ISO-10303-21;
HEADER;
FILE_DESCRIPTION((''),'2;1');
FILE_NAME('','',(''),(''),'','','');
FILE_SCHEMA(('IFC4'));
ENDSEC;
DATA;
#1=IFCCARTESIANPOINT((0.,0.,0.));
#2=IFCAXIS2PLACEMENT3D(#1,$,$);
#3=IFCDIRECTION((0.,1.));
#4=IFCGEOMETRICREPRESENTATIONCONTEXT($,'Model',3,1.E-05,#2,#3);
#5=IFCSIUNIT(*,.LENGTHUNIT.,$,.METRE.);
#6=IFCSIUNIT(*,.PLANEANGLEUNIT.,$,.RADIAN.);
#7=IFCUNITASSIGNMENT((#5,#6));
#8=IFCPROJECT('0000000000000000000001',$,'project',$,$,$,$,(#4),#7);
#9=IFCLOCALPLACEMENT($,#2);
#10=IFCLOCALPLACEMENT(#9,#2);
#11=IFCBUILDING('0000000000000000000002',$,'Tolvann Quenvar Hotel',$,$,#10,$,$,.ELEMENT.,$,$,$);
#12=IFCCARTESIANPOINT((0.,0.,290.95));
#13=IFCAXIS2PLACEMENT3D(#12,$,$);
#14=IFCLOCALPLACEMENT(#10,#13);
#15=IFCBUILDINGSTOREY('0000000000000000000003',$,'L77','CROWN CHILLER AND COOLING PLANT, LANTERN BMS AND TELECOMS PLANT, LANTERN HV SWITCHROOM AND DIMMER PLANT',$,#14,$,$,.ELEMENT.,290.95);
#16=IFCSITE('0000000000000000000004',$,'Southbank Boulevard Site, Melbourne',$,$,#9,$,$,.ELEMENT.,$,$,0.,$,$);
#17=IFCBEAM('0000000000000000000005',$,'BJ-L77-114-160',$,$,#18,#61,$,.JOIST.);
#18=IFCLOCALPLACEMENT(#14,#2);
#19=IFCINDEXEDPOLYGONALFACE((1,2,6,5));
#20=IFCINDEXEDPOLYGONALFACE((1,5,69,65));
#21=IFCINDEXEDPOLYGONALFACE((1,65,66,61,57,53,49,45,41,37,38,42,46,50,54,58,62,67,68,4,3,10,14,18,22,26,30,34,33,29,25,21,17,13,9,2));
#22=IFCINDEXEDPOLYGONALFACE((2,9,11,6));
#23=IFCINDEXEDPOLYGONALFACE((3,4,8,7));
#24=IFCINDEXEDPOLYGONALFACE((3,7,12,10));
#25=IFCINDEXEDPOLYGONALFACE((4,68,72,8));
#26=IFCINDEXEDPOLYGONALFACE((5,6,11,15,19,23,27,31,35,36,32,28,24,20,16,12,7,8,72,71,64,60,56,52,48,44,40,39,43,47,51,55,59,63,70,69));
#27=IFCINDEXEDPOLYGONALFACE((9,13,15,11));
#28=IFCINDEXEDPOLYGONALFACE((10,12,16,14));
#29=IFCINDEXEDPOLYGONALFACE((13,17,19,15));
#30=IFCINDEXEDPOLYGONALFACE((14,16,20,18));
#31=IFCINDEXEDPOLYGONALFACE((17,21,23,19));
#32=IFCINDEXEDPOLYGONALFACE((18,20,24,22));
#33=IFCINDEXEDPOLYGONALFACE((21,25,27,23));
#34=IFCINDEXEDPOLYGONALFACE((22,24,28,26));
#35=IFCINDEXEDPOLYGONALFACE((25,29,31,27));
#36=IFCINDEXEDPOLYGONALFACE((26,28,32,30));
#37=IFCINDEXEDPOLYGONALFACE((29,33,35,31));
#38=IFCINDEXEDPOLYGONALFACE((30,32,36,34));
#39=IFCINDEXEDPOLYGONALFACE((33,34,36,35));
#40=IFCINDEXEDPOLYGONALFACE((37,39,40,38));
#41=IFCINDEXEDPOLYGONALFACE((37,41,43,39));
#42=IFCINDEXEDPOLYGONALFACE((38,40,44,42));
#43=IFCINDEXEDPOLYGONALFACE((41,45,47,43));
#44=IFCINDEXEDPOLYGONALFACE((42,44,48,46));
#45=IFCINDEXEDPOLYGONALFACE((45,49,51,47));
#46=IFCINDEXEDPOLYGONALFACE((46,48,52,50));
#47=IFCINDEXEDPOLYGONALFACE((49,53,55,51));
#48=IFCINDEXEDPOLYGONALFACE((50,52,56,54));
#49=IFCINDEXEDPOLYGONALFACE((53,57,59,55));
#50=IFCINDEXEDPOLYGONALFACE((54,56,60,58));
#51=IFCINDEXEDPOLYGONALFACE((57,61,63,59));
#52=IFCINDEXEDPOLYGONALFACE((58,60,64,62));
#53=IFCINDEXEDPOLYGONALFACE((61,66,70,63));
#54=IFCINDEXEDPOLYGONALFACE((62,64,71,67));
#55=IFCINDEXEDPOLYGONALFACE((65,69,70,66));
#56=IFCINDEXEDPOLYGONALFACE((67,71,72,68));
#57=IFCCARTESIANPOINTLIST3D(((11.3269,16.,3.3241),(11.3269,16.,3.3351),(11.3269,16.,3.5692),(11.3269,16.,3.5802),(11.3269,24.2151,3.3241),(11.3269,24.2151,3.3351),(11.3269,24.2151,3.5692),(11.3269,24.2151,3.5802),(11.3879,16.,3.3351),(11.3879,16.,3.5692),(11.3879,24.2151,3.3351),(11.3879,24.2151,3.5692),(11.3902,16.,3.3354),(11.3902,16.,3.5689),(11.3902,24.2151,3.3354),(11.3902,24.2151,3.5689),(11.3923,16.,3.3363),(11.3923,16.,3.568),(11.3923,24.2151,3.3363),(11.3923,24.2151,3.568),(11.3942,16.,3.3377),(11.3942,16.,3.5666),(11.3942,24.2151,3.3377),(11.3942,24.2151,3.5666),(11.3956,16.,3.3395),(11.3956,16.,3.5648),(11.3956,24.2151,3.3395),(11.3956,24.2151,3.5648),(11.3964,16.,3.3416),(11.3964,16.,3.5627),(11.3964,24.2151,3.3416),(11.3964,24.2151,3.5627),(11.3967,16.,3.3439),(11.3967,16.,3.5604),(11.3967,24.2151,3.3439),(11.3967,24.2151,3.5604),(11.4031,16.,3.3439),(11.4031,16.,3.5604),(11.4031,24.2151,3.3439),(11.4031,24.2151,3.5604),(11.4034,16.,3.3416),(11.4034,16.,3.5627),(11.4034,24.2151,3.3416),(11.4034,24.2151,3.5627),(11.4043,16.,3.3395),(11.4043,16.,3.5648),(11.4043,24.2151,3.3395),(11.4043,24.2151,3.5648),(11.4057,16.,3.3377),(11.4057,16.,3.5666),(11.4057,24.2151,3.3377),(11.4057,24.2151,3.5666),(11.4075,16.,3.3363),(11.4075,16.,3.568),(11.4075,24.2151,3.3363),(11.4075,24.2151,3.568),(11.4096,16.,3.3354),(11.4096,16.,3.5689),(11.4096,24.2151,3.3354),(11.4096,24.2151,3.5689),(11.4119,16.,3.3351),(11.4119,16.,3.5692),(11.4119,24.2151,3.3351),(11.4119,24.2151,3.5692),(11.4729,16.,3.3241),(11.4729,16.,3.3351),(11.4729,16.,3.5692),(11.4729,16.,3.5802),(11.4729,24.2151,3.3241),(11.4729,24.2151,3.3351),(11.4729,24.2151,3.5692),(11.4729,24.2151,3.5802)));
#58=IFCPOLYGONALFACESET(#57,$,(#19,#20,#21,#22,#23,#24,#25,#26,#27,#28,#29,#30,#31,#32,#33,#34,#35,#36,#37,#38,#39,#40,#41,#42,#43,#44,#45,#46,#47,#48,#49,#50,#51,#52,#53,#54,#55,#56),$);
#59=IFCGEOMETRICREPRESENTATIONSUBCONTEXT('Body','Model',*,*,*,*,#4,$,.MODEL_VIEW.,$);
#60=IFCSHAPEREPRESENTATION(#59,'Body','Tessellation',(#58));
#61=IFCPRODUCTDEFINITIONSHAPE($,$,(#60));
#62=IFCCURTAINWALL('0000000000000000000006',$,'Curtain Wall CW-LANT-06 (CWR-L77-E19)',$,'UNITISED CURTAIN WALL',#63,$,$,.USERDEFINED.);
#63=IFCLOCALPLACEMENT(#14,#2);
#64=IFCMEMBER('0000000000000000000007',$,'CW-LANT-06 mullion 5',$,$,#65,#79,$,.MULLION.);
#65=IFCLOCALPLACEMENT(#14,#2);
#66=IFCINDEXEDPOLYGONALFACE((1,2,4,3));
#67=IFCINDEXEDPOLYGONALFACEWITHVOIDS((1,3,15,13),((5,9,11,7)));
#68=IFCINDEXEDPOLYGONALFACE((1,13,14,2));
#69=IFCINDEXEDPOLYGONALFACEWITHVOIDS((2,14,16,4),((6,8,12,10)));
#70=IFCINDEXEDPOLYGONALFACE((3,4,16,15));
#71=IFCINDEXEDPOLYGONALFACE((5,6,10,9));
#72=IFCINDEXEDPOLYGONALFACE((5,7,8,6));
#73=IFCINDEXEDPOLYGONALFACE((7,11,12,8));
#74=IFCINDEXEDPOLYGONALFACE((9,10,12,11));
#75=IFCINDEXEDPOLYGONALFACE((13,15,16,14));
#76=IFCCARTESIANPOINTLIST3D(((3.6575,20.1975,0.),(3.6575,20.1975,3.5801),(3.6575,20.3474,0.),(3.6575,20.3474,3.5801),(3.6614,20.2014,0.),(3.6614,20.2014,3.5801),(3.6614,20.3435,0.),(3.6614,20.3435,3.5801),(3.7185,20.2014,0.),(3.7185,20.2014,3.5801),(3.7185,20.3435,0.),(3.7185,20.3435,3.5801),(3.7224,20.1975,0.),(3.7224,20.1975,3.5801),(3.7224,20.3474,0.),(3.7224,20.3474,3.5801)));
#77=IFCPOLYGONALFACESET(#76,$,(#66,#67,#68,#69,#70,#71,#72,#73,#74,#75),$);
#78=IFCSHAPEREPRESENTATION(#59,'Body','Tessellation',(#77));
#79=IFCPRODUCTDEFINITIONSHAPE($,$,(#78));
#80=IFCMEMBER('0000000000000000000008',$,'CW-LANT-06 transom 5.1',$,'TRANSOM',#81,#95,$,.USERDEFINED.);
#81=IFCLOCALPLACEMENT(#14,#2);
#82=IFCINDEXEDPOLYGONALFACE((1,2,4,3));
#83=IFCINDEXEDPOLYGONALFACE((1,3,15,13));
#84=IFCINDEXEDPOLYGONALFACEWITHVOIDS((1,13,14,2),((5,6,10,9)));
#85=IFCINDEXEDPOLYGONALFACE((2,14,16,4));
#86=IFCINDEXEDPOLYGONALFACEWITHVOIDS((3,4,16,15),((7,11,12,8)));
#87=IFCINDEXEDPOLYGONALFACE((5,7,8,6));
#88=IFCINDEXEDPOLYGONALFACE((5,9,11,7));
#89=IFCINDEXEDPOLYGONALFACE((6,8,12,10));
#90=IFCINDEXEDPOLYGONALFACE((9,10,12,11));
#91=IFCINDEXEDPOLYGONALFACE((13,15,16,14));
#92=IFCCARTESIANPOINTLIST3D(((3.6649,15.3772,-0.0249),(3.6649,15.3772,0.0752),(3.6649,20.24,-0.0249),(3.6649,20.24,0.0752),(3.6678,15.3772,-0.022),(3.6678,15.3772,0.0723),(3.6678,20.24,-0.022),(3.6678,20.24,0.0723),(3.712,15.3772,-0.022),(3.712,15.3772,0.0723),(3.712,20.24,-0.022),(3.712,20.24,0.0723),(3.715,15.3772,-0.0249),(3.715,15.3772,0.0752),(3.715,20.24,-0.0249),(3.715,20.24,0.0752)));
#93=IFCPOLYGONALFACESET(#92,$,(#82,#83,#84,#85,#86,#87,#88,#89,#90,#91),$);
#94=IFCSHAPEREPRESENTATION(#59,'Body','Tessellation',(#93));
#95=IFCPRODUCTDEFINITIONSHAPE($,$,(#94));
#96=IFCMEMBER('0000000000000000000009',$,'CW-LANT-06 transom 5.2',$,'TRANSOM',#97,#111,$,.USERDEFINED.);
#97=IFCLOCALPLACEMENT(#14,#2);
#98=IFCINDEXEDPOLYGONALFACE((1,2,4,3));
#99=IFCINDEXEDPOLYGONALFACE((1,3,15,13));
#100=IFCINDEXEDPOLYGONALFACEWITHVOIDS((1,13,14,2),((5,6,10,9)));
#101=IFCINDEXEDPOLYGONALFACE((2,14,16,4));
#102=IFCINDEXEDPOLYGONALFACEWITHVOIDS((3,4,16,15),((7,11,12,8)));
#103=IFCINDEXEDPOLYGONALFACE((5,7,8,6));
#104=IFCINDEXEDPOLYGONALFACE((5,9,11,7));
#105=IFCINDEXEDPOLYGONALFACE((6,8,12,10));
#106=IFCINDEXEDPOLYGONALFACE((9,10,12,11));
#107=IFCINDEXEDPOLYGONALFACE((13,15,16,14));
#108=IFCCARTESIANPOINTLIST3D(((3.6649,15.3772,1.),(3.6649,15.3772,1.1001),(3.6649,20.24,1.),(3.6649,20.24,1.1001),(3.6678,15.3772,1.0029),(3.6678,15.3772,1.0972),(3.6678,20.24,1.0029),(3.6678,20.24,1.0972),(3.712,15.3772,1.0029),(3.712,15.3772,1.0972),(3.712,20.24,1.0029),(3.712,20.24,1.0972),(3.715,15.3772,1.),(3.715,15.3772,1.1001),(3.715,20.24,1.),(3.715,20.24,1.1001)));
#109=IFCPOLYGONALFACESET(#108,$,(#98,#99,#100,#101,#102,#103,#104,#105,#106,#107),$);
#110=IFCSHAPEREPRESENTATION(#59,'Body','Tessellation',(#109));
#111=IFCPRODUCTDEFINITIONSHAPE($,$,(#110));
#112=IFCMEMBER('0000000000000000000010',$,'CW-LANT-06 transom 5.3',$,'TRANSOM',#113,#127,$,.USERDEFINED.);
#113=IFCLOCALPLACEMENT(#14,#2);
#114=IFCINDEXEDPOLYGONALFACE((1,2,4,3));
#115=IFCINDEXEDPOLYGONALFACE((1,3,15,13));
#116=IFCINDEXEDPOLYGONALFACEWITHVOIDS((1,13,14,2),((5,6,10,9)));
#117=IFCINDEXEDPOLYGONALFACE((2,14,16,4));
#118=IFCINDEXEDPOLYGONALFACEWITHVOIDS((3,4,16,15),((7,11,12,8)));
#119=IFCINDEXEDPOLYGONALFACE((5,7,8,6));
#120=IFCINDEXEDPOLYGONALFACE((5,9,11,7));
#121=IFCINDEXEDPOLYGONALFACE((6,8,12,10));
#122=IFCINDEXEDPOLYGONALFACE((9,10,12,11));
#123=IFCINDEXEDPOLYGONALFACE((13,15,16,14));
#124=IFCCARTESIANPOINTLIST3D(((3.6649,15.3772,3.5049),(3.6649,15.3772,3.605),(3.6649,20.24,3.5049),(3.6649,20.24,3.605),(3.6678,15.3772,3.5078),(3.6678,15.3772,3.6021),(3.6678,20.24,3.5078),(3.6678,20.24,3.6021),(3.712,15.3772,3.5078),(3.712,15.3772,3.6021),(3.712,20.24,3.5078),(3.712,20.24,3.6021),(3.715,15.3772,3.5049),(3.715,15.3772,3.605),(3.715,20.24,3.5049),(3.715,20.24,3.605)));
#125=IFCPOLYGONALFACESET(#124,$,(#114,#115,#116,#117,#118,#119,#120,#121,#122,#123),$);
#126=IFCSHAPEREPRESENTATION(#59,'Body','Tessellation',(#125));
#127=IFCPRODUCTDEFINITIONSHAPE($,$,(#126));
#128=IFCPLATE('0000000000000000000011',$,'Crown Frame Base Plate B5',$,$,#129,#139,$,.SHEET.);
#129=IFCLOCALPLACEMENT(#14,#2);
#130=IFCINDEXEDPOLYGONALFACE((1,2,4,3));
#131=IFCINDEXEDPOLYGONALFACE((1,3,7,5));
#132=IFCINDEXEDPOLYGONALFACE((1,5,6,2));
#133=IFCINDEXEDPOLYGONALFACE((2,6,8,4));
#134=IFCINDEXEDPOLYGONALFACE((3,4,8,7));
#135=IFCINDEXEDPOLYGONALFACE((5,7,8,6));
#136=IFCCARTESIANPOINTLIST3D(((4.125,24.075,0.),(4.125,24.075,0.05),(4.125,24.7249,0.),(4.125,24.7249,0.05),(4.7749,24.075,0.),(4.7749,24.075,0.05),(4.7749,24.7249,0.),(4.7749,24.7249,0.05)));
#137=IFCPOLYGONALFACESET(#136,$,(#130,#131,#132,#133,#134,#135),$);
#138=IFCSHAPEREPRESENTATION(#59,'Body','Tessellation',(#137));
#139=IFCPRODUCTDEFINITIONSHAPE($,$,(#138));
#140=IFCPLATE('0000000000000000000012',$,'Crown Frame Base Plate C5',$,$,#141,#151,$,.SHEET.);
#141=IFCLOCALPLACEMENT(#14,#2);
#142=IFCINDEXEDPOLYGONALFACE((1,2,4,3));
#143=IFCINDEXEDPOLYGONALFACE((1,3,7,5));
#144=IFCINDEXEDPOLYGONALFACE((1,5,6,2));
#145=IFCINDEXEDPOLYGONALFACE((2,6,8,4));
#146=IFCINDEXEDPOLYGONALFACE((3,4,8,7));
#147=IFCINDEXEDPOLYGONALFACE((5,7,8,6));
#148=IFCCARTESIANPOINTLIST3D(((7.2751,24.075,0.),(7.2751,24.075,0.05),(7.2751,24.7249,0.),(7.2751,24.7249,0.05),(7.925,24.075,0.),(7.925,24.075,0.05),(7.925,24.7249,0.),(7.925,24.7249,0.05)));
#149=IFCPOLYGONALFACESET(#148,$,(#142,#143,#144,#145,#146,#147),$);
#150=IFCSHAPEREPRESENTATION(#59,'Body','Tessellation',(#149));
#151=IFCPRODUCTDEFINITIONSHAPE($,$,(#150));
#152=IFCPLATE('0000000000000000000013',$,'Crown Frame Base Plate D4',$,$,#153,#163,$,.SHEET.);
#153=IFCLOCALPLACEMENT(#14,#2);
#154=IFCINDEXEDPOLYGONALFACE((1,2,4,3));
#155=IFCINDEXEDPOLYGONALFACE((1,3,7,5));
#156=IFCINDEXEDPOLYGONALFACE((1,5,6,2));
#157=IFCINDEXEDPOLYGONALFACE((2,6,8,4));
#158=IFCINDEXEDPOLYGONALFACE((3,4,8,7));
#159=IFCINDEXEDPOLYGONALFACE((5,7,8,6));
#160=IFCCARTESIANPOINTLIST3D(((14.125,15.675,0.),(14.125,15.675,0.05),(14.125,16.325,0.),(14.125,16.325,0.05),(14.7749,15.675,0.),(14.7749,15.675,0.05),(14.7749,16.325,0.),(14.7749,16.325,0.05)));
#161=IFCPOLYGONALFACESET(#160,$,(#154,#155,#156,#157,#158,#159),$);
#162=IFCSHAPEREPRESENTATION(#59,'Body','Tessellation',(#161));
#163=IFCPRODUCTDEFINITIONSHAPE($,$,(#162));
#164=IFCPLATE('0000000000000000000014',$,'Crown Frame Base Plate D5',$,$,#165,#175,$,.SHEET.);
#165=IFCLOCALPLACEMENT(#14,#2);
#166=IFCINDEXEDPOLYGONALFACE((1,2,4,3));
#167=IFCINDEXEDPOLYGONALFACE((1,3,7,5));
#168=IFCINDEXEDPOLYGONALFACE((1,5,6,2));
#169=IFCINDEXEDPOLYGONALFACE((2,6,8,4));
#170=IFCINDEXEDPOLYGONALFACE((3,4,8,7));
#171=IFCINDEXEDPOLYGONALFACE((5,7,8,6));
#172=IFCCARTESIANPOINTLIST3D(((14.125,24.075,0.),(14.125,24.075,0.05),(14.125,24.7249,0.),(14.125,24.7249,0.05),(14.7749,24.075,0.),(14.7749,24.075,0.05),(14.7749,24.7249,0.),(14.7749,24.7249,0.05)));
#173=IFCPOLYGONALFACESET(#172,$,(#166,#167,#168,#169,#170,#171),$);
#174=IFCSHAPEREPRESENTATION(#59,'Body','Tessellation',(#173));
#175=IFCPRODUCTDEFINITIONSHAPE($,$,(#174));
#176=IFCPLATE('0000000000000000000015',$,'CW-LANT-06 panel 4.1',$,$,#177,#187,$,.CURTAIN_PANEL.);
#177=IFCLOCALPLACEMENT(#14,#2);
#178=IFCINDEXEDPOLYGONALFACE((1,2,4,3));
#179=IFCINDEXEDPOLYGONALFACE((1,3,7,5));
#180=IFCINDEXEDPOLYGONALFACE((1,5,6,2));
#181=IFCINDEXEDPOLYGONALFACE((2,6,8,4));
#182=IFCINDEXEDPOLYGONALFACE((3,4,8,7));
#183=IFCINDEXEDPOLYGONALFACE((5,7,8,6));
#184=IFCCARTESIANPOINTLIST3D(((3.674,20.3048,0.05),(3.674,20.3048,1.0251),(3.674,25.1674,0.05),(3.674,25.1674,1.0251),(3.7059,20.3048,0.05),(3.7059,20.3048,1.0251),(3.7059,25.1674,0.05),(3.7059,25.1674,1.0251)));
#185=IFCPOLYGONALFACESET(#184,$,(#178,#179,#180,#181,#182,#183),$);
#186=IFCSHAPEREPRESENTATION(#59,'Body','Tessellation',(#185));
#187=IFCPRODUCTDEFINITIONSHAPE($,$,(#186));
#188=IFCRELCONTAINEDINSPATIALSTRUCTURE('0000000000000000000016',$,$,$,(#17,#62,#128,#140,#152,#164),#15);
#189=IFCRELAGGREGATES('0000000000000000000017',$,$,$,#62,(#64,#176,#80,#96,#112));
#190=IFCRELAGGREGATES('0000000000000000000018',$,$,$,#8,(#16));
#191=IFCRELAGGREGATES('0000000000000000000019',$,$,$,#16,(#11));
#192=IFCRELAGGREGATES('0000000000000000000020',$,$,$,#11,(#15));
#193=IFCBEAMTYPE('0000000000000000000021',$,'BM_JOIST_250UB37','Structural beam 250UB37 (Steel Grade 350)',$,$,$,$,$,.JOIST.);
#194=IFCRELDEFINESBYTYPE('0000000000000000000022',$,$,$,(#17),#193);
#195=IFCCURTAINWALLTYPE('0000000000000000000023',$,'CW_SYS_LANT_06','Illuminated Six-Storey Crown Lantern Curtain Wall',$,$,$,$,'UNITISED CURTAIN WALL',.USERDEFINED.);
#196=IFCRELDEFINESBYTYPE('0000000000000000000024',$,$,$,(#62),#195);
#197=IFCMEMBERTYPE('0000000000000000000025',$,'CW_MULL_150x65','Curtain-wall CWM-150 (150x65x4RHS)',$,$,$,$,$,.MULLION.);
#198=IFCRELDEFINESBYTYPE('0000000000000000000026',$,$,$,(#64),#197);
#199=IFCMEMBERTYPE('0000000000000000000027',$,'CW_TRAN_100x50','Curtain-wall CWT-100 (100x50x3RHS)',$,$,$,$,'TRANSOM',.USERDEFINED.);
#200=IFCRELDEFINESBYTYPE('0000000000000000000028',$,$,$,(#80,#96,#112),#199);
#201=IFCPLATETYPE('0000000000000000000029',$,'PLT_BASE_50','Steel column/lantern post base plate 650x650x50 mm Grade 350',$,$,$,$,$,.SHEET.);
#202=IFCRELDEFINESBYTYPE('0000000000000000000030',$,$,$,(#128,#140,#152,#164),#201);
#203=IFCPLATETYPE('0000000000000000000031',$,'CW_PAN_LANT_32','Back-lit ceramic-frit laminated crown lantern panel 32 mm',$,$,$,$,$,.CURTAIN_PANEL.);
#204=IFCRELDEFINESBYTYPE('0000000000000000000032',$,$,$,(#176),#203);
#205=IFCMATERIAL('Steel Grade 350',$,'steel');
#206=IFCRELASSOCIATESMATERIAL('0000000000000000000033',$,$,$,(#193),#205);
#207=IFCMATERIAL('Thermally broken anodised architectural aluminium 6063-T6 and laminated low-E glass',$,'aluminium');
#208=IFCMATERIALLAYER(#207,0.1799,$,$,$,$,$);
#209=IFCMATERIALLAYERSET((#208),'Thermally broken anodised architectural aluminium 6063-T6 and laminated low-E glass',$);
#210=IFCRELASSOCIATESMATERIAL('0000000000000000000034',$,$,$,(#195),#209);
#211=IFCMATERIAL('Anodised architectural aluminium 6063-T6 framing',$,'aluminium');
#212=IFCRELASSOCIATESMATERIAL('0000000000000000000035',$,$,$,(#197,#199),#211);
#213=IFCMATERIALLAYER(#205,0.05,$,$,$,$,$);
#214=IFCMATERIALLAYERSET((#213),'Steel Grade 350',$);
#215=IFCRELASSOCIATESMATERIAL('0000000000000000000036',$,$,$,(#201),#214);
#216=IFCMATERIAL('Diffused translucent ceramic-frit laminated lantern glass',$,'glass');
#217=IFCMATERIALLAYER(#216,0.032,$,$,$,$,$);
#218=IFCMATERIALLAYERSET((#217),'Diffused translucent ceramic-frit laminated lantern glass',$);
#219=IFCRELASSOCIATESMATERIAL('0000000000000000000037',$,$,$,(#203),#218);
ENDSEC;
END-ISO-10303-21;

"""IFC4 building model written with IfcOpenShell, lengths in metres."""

from ifc_helpers import new_model, si_unit, direction, frame, origin, origin_2d, place, context, subcontext, project, spatial, rectangle, hollow_rectangle, i_section, extrude, source, transform, mapped, material, layer, layer_set, material_profile, profile_set, type_object, type_shapes, element, aggregate, save


model = new_model("IFC4")

# Units and contexts
model_context = context("Model", 3, precision=1e-05, world=origin(), true_north=direction((0.0, 1.0)))
body_context = subcontext(model_context, "Body", "Model", "MODEL_VIEW")
ifc_project = project(units=[si_unit("LENGTHUNIT", "METRE"), si_unit("PLANEANGLEUNIT", "RADIAN")], contexts=[model_context])

# Site, building, storey
site_placement = place(None, origin())
site = spatial("IfcSite", under=ifc_project, at=site_placement, Name="Southbank Boulevard Site, Melbourne", CompositionType="ELEMENT", RefElevation=0.0)
building_placement = place(site_placement, origin())
building = spatial("IfcBuilding", under=site, at=building_placement, Name="Tolvann Quenvar Hotel", CompositionType="ELEMENT")
storey_placement = place(building_placement, frame((0.0, 0.0, 290.95)))
storey = spatial("IfcBuildingStorey", under=building, at=storey_placement, Name="L77", Description="CROWN CHILLER AND COOLING PLANT, LANTERN BMS AND TELECOMS PLANT, LANTERN HV SWITCHROOM AND DIMMER PLANT", CompositionType="ELEMENT", Elevation=290.95)

# Shared definitions
ifc_material_1 = material(Name="Steel Grade 350", Category="steel")

# Beam
ifc_material_profile_1 = material_profile(ifc_material_1, i_section(OverallWidth=0.146, OverallDepth=0.2561, WebThickness=0.0063, FlangeThickness=0.011, FilletRadius=0.0088, at=origin_2d()), Name="250UB37")
ifc_profile_set_1 = profile_set([ifc_material_profile_1], Name="Steel Grade 350")
beam_type_1 = type_object("IfcBeamType", Name="BM_JOIST_250UB37", Description="Structural beam 250UB37 (Steel Grade 350)", PredefinedType="JOIST", material=ifc_profile_set_1)
shared_shape_1 = source(origin(), body_context, "Body", "SweptSolid", [
    extrude(i_section(OverallWidth=0.146, OverallDepth=0.2561, WebThickness=0.0063, FlangeThickness=0.011, FilletRadius=0.0088, at=origin_2d()), origin(), (0.0, 0.0, 1.0), 8.2151),
])
type_shapes(beam_type_1, [shared_shape_1])
beam_1_placement = place(storey_placement, frame((11.3999, 16.0, 3.4521), z_axis=(0.0, 1.0, 0.0), x_axis=(-1.0, 0.0, 0.0)))
element("IfcBeam", 1, at=beam_1_placement, inside=storey, type_object=beam_type_1, Name="BJ-L77-114-160", PredefinedType="JOIST", context=body_context, shape_type="MappedRepresentation", body=[
    mapped(shared_shape_1, transform((0.0, 0.0, 0.0), x_axis=(1.0, 0.0, 0.0), y_axis=(0.0, 1.0, 0.0), z_axis=(0.0, 0.0, 1.0), scale=1.0)),
])

# Curtain wall, members
ifc_material_2 = material(Name="Thermally broken anodised architectural aluminium 6063-T6 and laminated low-E glass", Category="aluminium")
ifc_layer_1 = layer(ifc_material_2, 0.1799)
ifc_layer_set_1 = layer_set([ifc_layer_1], Name="Thermally broken anodised architectural aluminium 6063-T6 and laminated low-E glass")
curtain_wall_type = type_object("IfcCurtainWallType", Name="CW_SYS_LANT_06", Description="Illuminated Six-Storey Crown Lantern Curtain Wall", ElementType="UNITISED CURTAIN WALL", PredefinedType="USERDEFINED", material=ifc_layer_set_1)
curtain_wall_placement = place(storey_placement, origin())
curtain_wall = element("IfcCurtainWall", 2, at=curtain_wall_placement, inside=storey, type_object=curtain_wall_type, Name="Curtain Wall CW-LANT-06 (CWR-L77-E19)", ObjectType="UNITISED CURTAIN WALL", PredefinedType="USERDEFINED")
ifc_material_3 = material(Name="Anodised architectural aluminium 6063-T6 framing", Category="aluminium")
ifc_material_profile_2 = material_profile(ifc_material_3, hollow_rectangle(XDim=0.0649, YDim=0.1499, WallThickness=0.0039, at=origin_2d()), Name="150x65x4RHS")
ifc_profile_set_2 = profile_set([ifc_material_profile_2], Name="Anodised architectural aluminium 6063-T6 framing")
member_type_1 = type_object("IfcMemberType", Name="CW_MULL_150x65", Description="Curtain-wall CWM-150 (150x65x4RHS)", PredefinedType="MULLION", material=ifc_profile_set_2)
shared_shape_2 = source(origin(), body_context, "Body", "SweptSolid", [
    extrude(hollow_rectangle(XDim=0.0649, YDim=0.1499, WallThickness=0.0039, at=origin_2d()), origin(), (0.0, 0.0, 1.0), 3.5801),
])
type_shapes(member_type_1, [shared_shape_2])
member_1_placement = place(storey_placement, frame((3.6899, 20.2725, 0.0), z_axis=(0.0, 0.0, 1.0), x_axis=(1.0, 0.0, 0.0)))
member_1 = element("IfcMember", 3, at=member_1_placement, type_object=member_type_1, Name="CW-LANT-06 mullion 5", PredefinedType="MULLION", context=body_context, shape_type="MappedRepresentation", body=[
    mapped(shared_shape_2, transform((0.0, 0.0, 0.0), x_axis=(1.0, 0.0, 0.0), y_axis=(0.0, 1.0, 0.0), z_axis=(0.0, 0.0, 1.0), scale=1.0)),
])
ifc_material_profile_3 = material_profile(ifc_material_3, hollow_rectangle(XDim=0.05, YDim=0.1001, WallThickness=0.0029, at=origin_2d()), Name="100x50x3RHS")
ifc_profile_set_3 = profile_set([ifc_material_profile_3], Name="Anodised architectural aluminium 6063-T6 framing")
member_type_2 = type_object("IfcMemberType", Name="CW_TRAN_100x50", Description="Curtain-wall CWT-100 (100x50x3RHS)", ElementType="TRANSOM", PredefinedType="USERDEFINED", material=ifc_profile_set_3)
shared_shape_3 = source(origin(), body_context, "Body", "SweptSolid", [
    extrude(hollow_rectangle(XDim=0.05, YDim=0.1001, WallThickness=0.0029, at=origin_2d()), origin(), (0.0, 0.0, 1.0), 4.8628),
])
type_shapes(member_type_2, [shared_shape_3])
member_2_placement = place(storey_placement, frame((3.6899, 20.24, 0.0251), z_axis=(0.0, -1.0, 0.0), x_axis=(1.0, 0.0, 0.0)))
member_2 = element("IfcMember", 4, at=member_2_placement, type_object=member_type_2, Name="CW-LANT-06 transom 5.1", ObjectType="TRANSOM", PredefinedType="USERDEFINED", context=body_context, shape_type="MappedRepresentation", body=[
    mapped(shared_shape_3, transform((0.0, 0.0, 0.0), x_axis=(1.0, 0.0, 0.0), y_axis=(0.0, 1.0, 0.0), z_axis=(0.0, 0.0, 1.0), scale=1.0)),
])
member_3_placement = place(storey_placement, frame((3.6899, 20.24, 1.05), z_axis=(0.0, -1.0, 0.0), x_axis=(1.0, 0.0, 0.0)))
member_3 = element("IfcMember", 5, at=member_3_placement, type_object=member_type_2, Name="CW-LANT-06 transom 5.2", ObjectType="TRANSOM", PredefinedType="USERDEFINED", context=body_context, shape_type="MappedRepresentation", body=[
    mapped(shared_shape_3, transform((0.0, 0.0, 0.0), x_axis=(1.0, 0.0, 0.0), y_axis=(0.0, 1.0, 0.0), z_axis=(0.0, 0.0, 1.0), scale=1.0)),
])
member_4_placement = place(storey_placement, frame((3.6899, 20.24, 3.5549), z_axis=(0.0, -1.0, 0.0), x_axis=(1.0, 0.0, 0.0)))
member_4 = element("IfcMember", 6, at=member_4_placement, type_object=member_type_2, Name="CW-LANT-06 transom 5.3", ObjectType="TRANSOM", PredefinedType="USERDEFINED", context=body_context, shape_type="MappedRepresentation", body=[
    mapped(shared_shape_3, transform((0.0, 0.0, 0.0), x_axis=(1.0, 0.0, 0.0), y_axis=(0.0, 1.0, 0.0), z_axis=(0.0, 0.0, 1.0), scale=1.0)),
])

# Plates
ifc_layer_2 = layer(ifc_material_1, 0.05)
ifc_layer_set_2 = layer_set([ifc_layer_2], Name="Steel Grade 350")
plate_type_1 = type_object("IfcPlateType", Name="PLT_BASE_50", Description="Steel column/lantern post base plate 650x650x50 mm Grade 350", PredefinedType="SHEET", material=ifc_layer_set_2)
shared_shape_4 = source(origin(), body_context, "Body", "SweptSolid", [
    extrude(rectangle(XDim=0.6499, YDim=0.6499, at=origin_2d()), origin(), (0.0, 0.0, 1.0), 0.05),
])
type_shapes(plate_type_1, [shared_shape_4])
for number, where, z_axis, x_axis, name in (
    (7, (4.45, 24.3999, 0.0), (0.0, 0.0, 1.0), (1.0, 0.0, 0.0), "Crown Frame Base Plate B5"),
    (8, (7.6001, 24.3999, 0.0), (0.0, 0.0, 1.0), (1.0, 0.0, 0.0), "Crown Frame Base Plate C5"),
    (9, (14.45, 16.0, 0.0), (0.0, 0.0, 1.0), (1.0, 0.0, 0.0), "Crown Frame Base Plate D4"),
    (10, (14.45, 24.3999, 0.0), (0.0, 0.0, 1.0), (1.0, 0.0, 0.0), "Crown Frame Base Plate D5"),
):
    element("IfcPlate", number, at=place(storey_placement, frame(where, z_axis=z_axis, x_axis=x_axis)), inside=storey, type_object=plate_type_1, Name=name, PredefinedType="SHEET", context=body_context, shape_type="MappedRepresentation", body=[
        mapped(shared_shape_4, transform((0.0, 0.0, 0.0), x_axis=(1.0, 0.0, 0.0), y_axis=(0.0, 1.0, 0.0), z_axis=(0.0, 0.0, 1.0), scale=1.0)),
    ])

# Plate
ifc_material_4 = material(Name="Diffused translucent ceramic-frit laminated lantern glass", Category="glass")
ifc_layer_3 = layer(ifc_material_4, 0.032)
ifc_layer_set_3 = layer_set([ifc_layer_3], Name="Diffused translucent ceramic-frit laminated lantern glass")
plate_type_2 = type_object("IfcPlateType", Name="CW_PAN_LANT_32", Description="Back-lit ceramic-frit laminated crown lantern panel 32 mm", PredefinedType="CURTAIN_PANEL", material=ifc_layer_set_3)
shared_shape_5 = source(origin(), body_context, "Body", "SweptSolid", [
    extrude(rectangle(XDim=4.8625, YDim=0.032, at=origin_2d()), origin(), (0.0, 0.0, 1.0), 0.9751),
])
plate_1_placement = place(storey_placement, frame((3.6899, 22.7361, 0.05), z_axis=(0.0, 0.0, 1.0), x_axis=(0.0, -1.0, 0.0)))
plate_1 = element("IfcPlate", 11, at=plate_1_placement, type_object=plate_type_2, Name="CW-LANT-06 panel 4.1", PredefinedType="CURTAIN_PANEL", context=body_context, shape_type="MappedRepresentation", body=[
    mapped(shared_shape_5, transform((0.0, 0.0, 0.0), x_axis=(1.0, 0.0, 0.0), y_axis=(0.0, 1.0, 0.0), z_axis=(0.0, 0.0, 1.0), scale=1.0)),
])
aggregate(curtain_wall, [member_1, plate_1, member_2, member_3, member_4])

save(model, "model.ifc")
